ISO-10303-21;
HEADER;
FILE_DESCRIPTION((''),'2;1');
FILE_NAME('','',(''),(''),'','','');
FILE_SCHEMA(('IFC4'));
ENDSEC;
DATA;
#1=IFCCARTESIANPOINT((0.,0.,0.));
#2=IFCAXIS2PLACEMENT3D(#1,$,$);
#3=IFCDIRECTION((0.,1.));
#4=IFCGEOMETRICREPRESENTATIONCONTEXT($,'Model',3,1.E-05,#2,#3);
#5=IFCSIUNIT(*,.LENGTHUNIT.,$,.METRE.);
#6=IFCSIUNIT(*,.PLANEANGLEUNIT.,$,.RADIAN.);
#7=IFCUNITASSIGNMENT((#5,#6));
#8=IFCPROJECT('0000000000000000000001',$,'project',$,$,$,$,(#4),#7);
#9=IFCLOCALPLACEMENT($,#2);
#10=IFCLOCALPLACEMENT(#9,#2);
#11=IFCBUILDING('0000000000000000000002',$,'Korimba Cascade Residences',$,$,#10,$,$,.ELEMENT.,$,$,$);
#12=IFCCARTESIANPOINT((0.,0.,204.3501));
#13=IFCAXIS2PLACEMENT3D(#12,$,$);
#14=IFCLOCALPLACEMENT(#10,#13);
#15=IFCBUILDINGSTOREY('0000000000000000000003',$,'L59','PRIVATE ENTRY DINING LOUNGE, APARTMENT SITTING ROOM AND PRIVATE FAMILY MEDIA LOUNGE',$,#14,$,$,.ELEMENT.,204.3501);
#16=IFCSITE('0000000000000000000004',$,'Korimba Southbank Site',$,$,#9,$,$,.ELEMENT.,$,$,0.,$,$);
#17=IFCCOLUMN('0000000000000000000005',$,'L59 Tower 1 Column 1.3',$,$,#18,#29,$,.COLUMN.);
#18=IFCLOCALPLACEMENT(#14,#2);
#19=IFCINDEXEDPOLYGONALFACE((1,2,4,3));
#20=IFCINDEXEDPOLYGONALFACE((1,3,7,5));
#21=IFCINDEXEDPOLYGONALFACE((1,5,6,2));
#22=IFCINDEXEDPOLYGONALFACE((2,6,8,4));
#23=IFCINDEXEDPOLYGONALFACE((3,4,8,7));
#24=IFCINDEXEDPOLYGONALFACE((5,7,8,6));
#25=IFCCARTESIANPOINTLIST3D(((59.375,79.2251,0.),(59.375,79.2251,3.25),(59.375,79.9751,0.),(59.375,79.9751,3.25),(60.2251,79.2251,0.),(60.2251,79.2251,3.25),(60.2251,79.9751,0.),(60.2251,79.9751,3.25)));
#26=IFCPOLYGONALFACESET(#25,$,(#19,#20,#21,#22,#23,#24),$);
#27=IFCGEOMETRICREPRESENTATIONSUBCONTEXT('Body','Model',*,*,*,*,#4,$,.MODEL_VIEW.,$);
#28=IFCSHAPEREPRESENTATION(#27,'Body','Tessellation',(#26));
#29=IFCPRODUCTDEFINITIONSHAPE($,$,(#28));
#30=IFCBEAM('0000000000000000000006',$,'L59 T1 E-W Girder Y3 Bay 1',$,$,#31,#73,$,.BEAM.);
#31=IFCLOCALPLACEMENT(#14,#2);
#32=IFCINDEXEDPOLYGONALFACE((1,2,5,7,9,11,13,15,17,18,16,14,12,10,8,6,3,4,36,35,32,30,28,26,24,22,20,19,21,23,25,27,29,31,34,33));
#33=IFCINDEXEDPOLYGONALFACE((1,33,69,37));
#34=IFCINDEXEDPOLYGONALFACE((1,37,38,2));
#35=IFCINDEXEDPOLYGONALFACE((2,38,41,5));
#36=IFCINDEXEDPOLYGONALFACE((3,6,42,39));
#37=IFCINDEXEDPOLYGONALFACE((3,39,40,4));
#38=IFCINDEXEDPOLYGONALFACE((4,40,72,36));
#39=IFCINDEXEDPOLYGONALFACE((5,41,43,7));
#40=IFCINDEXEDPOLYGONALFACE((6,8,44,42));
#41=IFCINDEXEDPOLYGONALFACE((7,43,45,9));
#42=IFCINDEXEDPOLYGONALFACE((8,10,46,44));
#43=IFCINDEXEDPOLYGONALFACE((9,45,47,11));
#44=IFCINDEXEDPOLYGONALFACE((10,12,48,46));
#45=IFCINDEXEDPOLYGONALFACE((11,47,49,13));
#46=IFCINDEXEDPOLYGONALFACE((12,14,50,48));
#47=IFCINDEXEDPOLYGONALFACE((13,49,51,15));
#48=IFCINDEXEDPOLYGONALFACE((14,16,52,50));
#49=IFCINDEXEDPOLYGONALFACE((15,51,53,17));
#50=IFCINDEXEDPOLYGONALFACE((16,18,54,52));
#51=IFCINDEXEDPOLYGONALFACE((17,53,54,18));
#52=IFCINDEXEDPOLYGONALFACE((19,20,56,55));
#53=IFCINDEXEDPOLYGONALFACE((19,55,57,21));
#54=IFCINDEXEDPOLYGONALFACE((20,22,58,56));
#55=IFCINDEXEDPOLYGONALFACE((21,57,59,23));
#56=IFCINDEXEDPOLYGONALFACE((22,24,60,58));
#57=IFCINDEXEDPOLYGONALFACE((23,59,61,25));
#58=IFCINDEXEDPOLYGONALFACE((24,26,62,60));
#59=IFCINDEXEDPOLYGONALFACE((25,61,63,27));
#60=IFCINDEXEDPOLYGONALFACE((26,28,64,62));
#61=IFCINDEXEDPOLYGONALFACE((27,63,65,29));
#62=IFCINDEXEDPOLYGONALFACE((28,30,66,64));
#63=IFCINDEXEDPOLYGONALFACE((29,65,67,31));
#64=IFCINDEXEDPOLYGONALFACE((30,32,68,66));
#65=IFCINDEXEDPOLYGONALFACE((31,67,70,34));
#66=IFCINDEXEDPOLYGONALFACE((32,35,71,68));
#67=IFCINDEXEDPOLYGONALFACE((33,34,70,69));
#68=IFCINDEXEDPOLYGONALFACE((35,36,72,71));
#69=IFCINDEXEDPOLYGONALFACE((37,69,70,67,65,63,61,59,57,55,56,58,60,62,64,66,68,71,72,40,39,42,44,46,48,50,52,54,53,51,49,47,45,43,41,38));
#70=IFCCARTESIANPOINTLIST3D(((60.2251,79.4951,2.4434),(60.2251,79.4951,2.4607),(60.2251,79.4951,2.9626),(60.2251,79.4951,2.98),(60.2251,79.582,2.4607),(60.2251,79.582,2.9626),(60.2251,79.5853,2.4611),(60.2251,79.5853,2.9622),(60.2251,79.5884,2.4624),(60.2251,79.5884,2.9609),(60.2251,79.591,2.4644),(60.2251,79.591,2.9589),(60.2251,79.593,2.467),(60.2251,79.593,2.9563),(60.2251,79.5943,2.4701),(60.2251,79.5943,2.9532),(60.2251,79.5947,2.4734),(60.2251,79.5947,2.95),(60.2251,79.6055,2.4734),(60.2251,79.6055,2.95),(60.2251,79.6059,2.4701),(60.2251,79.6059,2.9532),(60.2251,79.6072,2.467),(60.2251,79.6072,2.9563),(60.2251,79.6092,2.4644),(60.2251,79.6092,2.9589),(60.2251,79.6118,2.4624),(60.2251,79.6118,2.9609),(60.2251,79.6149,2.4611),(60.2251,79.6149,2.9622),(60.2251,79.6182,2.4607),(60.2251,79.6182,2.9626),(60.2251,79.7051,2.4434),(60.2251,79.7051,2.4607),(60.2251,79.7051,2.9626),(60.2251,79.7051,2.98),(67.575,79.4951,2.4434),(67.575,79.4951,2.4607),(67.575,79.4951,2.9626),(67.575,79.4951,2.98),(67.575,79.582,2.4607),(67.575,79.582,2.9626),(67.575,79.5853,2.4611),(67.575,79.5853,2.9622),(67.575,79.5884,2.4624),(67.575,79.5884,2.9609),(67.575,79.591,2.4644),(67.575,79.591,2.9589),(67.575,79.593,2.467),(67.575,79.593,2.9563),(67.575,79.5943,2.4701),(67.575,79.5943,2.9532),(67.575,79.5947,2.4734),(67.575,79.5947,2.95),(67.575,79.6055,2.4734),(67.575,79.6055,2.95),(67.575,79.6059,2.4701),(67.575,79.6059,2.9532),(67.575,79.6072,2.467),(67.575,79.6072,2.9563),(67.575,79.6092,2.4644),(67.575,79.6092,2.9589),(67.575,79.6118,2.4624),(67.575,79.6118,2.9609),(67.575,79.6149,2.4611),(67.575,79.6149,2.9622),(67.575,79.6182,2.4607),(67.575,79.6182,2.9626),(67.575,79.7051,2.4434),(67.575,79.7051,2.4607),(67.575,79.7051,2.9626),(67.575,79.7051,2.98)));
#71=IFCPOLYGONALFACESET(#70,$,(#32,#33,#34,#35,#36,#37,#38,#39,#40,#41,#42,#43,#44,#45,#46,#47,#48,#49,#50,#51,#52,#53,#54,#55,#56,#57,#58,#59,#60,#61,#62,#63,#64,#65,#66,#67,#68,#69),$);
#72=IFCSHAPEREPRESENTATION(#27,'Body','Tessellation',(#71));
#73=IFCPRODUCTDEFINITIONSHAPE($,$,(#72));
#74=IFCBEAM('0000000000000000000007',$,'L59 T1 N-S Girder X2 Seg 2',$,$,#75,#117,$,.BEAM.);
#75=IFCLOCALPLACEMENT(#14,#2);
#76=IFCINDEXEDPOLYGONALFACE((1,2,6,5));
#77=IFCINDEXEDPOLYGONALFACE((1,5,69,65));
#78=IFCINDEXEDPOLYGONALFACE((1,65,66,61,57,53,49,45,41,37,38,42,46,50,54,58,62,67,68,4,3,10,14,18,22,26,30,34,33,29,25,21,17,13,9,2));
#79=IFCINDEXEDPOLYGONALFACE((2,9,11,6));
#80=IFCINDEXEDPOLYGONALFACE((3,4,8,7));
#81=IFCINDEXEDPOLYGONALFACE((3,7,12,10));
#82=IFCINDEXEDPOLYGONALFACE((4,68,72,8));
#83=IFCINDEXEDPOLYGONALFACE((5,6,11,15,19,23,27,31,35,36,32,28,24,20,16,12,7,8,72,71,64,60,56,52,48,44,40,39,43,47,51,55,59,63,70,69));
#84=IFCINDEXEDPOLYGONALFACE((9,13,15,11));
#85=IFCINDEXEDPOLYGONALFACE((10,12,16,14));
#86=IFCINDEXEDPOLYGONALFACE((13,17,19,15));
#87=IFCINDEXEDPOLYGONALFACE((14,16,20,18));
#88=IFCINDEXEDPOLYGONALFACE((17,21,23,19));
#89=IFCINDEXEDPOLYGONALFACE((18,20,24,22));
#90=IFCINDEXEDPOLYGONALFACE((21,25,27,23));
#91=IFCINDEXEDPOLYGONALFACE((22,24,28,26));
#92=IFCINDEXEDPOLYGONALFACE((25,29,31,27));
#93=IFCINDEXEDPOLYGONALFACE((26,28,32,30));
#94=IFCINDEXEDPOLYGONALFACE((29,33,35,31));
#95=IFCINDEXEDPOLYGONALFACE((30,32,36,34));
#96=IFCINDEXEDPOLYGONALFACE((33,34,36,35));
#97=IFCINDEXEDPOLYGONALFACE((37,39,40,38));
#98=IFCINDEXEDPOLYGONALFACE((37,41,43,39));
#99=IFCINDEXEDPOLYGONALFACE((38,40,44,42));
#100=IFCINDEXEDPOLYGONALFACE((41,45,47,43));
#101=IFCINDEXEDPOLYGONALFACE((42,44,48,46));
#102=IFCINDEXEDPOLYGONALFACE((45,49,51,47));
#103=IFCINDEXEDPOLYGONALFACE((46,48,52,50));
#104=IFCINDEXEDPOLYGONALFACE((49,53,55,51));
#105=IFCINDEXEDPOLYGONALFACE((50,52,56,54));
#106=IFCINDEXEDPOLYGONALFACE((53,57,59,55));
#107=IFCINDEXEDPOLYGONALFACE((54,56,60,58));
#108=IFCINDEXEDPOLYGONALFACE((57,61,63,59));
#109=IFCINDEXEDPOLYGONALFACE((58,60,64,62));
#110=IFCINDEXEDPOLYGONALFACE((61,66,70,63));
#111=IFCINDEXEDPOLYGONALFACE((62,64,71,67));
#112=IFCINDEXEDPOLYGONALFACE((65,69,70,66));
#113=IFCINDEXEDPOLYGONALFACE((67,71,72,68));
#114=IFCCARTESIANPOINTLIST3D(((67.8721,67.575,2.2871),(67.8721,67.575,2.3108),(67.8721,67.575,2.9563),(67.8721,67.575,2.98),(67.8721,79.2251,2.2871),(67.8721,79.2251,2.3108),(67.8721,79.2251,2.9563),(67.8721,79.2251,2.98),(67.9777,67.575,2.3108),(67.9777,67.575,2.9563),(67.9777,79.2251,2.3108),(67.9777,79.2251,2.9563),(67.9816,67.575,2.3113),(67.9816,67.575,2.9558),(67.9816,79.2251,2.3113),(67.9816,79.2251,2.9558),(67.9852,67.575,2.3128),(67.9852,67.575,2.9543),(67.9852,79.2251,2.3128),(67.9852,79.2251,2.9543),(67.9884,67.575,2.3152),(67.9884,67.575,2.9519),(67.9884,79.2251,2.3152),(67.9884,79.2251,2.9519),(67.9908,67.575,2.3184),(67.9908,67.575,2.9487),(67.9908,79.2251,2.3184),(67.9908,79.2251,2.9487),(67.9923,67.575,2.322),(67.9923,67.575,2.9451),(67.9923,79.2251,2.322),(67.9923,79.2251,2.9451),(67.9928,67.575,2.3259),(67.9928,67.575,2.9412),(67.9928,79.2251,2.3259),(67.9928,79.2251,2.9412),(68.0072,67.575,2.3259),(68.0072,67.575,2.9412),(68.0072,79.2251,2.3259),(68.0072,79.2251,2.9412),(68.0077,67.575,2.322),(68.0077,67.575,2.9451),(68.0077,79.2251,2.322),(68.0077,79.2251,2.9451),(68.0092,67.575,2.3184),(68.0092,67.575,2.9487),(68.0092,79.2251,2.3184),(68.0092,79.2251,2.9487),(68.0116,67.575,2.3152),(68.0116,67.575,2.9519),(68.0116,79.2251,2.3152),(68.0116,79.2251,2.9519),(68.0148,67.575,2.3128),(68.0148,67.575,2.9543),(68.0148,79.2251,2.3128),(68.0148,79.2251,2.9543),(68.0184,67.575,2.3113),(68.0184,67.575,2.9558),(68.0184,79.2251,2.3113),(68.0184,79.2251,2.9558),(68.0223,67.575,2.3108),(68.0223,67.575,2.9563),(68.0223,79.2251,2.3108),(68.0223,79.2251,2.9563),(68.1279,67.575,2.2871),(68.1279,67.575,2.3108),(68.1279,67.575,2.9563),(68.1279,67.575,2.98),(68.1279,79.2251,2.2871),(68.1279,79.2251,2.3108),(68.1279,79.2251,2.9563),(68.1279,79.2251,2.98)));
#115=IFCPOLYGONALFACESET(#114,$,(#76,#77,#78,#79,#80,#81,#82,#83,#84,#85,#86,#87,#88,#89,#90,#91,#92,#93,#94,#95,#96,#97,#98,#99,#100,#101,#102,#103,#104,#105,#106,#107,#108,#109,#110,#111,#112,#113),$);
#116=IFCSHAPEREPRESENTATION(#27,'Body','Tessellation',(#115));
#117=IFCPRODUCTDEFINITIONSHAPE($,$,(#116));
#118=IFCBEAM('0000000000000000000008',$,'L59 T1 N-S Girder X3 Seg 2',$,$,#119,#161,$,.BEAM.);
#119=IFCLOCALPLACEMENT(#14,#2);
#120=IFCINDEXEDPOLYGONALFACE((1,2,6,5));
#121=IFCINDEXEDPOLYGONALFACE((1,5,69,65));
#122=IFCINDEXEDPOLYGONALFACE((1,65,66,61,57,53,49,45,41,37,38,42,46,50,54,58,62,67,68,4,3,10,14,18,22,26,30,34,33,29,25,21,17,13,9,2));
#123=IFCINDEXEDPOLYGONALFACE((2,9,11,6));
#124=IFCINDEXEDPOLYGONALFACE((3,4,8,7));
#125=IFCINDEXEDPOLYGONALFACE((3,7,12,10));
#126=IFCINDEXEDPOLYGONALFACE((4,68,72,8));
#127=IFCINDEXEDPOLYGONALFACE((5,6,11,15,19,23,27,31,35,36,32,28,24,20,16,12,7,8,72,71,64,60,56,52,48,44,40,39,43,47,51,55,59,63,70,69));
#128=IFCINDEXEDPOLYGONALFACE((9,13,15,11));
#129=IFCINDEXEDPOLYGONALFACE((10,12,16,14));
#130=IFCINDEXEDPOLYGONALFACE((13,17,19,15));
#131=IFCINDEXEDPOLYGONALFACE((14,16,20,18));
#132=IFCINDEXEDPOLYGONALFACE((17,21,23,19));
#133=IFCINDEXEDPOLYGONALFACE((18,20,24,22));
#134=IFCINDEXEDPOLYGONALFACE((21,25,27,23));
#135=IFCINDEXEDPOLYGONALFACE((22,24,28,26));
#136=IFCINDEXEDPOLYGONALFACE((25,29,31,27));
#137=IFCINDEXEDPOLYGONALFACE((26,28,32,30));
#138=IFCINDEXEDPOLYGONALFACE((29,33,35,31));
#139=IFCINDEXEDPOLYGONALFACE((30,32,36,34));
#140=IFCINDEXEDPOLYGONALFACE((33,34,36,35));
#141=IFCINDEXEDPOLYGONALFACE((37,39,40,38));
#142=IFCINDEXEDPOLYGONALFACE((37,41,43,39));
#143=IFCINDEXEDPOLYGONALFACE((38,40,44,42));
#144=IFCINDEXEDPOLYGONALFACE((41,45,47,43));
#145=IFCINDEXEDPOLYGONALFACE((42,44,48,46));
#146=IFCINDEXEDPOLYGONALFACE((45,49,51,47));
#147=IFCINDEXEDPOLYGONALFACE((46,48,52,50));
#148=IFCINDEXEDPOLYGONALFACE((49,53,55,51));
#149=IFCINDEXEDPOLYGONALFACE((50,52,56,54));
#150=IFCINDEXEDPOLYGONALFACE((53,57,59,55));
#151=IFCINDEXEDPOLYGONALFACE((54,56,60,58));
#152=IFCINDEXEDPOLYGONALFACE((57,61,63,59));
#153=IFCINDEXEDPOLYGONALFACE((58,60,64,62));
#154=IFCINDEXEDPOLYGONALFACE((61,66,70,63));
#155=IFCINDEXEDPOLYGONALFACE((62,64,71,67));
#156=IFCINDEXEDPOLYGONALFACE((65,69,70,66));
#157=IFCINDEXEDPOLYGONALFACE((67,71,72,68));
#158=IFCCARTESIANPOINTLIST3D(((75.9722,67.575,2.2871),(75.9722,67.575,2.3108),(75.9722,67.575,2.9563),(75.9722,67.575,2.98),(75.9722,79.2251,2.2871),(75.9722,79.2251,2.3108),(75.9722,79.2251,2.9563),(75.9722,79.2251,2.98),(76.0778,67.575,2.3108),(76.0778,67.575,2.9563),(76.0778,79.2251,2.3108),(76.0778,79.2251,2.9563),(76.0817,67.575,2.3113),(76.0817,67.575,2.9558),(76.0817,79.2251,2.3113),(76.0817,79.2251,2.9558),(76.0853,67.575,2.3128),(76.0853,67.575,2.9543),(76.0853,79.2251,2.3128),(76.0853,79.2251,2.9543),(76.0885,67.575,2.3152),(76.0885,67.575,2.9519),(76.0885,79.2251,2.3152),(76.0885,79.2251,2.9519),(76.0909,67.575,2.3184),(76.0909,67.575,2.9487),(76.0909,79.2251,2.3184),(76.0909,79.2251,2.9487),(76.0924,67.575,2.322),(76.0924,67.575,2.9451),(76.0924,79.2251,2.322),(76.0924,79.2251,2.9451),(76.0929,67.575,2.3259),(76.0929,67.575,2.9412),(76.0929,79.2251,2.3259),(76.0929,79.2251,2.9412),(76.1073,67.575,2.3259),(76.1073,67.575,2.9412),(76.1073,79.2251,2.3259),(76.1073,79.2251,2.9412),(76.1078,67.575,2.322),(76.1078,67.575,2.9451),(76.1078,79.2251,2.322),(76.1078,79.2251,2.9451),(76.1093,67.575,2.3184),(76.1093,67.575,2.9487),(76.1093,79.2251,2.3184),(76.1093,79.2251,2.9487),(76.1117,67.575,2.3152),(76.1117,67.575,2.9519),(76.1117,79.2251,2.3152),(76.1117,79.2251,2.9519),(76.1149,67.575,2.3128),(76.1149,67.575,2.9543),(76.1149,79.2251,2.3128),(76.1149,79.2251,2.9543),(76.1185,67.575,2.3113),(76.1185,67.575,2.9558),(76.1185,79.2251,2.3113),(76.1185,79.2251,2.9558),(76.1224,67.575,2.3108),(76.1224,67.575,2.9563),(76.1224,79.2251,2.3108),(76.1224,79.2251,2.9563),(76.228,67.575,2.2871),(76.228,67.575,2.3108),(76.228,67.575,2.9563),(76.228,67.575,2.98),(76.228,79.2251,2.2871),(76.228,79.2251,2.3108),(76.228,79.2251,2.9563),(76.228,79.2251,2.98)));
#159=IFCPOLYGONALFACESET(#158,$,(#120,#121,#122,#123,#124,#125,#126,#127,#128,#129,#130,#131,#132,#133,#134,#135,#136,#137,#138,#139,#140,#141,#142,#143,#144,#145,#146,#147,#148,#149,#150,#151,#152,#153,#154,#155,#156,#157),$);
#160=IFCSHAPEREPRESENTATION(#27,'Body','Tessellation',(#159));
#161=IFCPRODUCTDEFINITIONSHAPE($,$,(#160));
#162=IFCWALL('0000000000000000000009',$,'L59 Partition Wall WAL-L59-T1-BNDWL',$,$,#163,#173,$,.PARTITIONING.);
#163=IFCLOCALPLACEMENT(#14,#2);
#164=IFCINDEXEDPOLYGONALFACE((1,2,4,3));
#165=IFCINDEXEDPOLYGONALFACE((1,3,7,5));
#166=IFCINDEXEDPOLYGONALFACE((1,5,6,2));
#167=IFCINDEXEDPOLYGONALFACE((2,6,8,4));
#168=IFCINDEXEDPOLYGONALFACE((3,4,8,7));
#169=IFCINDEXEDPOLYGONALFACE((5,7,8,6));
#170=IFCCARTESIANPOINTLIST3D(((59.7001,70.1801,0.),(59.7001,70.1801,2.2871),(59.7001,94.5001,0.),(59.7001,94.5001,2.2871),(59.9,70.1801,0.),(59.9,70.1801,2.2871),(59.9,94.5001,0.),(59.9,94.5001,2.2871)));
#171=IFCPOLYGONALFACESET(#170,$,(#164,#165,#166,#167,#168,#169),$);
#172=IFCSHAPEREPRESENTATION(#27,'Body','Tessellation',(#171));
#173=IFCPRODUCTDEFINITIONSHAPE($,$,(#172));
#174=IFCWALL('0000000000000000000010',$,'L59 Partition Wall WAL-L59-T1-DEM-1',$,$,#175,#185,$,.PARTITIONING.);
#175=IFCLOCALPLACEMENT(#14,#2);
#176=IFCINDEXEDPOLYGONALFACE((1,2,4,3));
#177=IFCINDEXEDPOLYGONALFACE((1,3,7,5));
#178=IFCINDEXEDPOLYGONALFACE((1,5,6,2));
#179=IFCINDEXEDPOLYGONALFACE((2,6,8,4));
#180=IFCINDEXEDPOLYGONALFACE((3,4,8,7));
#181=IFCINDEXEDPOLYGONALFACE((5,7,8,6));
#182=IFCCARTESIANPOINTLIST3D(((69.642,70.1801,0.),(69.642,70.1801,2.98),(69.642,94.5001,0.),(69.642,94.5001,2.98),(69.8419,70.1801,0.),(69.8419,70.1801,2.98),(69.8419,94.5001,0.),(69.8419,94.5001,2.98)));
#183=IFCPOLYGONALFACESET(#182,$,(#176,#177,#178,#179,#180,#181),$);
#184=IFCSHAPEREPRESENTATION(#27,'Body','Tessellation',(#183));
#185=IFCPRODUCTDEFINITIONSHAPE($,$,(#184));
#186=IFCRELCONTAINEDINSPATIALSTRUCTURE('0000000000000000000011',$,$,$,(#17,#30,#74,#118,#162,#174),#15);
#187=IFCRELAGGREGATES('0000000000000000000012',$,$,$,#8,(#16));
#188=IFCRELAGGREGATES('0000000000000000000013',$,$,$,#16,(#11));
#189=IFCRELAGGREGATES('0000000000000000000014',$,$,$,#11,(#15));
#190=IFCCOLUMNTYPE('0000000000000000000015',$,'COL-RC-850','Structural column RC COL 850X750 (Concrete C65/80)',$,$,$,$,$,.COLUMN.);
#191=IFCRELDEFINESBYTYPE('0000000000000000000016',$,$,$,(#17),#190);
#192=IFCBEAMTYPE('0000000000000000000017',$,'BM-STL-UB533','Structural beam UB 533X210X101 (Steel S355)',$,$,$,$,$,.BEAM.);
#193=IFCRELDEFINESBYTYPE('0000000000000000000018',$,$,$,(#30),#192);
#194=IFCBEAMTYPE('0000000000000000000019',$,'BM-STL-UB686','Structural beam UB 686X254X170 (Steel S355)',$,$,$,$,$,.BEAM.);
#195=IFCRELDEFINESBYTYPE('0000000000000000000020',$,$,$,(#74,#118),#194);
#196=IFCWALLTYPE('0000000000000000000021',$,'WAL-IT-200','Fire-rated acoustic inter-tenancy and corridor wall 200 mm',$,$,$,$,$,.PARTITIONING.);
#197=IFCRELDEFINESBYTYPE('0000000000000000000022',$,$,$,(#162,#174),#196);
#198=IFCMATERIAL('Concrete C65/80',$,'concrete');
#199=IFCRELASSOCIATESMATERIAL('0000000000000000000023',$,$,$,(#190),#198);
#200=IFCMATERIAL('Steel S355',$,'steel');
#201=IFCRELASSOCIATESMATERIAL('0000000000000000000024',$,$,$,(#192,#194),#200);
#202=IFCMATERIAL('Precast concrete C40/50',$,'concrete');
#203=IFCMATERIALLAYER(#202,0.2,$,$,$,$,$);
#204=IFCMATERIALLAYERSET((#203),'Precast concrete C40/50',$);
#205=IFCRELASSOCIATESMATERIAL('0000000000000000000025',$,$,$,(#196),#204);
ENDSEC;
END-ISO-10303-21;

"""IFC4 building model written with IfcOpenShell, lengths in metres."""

from ifc_helpers import new_model, si_unit, direction, frame, frame_2d, origin, origin_2d, place, context, subcontext, project, spatial, rectangle, i_section, extrude, material, layer, layer_set, material_profile, profile_set, type_object, element, save


model = new_model("IFC4")

# Units and contexts
model_context = context("Model", 3, precision=1e-05, world=origin(), true_north=direction((0.0, 1.0)))
body_context = subcontext(model_context, "Body", "Model", "MODEL_VIEW")
ifc_project = project(units=[si_unit("LENGTHUNIT", "METRE"), si_unit("PLANEANGLEUNIT", "RADIAN")], contexts=[model_context])

# Site, building, storey
site_placement = place(None, origin())
site = spatial("IfcSite", under=ifc_project, at=site_placement, Name="Korimba Southbank Site", CompositionType="ELEMENT", RefElevation=0.0)
building_placement = place(site_placement, origin())
building = spatial("IfcBuilding", under=site, at=building_placement, Name="Korimba Cascade Residences", CompositionType="ELEMENT")
storey_placement = place(building_placement, frame((0.0, 0.0, 204.3501)))
storey = spatial("IfcBuildingStorey", under=building, at=storey_placement, Name="L59", Description="PRIVATE ENTRY DINING LOUNGE, APARTMENT SITTING ROOM AND PRIVATE FAMILY MEDIA LOUNGE", CompositionType="ELEMENT", Elevation=204.3501)

# Column
ifc_material_1 = material(Name="Concrete C65/80", Category="concrete")
ifc_material_profile_1 = material_profile(ifc_material_1, rectangle(XDim=0.8501, YDim=0.75, at=origin_2d()), Name="Concrete C65/80")
ifc_profile_set_1 = profile_set([ifc_material_profile_1], Name="Concrete C65/80")
column_type = type_object("IfcColumnType", Name="COL-RC-850", Description="Structural column RC COL 850X750 (Concrete C65/80)", PredefinedType="COLUMN", material=ifc_profile_set_1)
column_placement = place(storey_placement, frame((59.8, 79.6001, 0.0), z_axis=(0.0, 0.0, 1.0), x_axis=(1.0, 0.0, 0.0)))
element("IfcColumn", 1, at=column_placement, inside=storey, type_object=column_type, Name="L59 Tower 1 Column 1.3", PredefinedType="COLUMN", context=body_context, shape_type="SweptSolid", body=[
    extrude(rectangle(XDim=0.8501, YDim=0.75, at=origin_2d()), origin(), (0.0, 0.0, 1.0), 3.25),
])

# Beams
ifc_material_2 = material(Name="Steel S355", Category="steel")
ifc_material_profile_2 = material_profile(ifc_material_2, i_section(OverallWidth=0.21, OverallDepth=0.5366, WebThickness=0.0107, FlangeThickness=0.0173, FilletRadius=0.0127, at=origin_2d()), Name="Steel S355")
ifc_profile_set_2 = profile_set([ifc_material_profile_2], Name="Steel S355")
beam_type_1 = type_object("IfcBeamType", Name="BM-STL-UB533", Description="Structural beam UB 533X210X101 (Steel S355)", PredefinedType="BEAM", material=ifc_profile_set_2)
beam_placement = place(storey_placement, frame((60.2251, 79.6001, 2.7117), z_axis=(1.0, 0.0, 0.0), x_axis=(0.0, 1.0, 0.0)))
element("IfcBeam", 2, at=beam_placement, inside=storey, type_object=beam_type_1, Name="L59 T1 E-W Girder Y3 Bay 1", PredefinedType="BEAM", context=body_context, shape_type="SweptSolid", body=[
    extrude(i_section(OverallWidth=0.21, OverallDepth=0.5366, WebThickness=0.0107, FlangeThickness=0.0173, FilletRadius=0.0127, at=origin_2d()), origin(), (0.0, 0.0, 1.0), 7.3499),
])
ifc_material_profile_3 = material_profile(ifc_material_2, i_section(OverallWidth=0.2559, OverallDepth=0.6929, WebThickness=0.0144, FlangeThickness=0.0237, FilletRadius=0.0151, at=origin_2d()), Name="Steel S355")
ifc_profile_set_3 = profile_set([ifc_material_profile_3], Name="Steel S355")
beam_type_2 = type_object("IfcBeamType", Name="BM-STL-UB686", Description="Structural beam UB 686X254X170 (Steel S355)", PredefinedType="BEAM", material=ifc_profile_set_3)
for number, where, z_axis, x_axis, name in (
    (3, (68.0, 67.575, 2.6335), (0.0, 1.0, 0.0), (-1.0, 0.0, 0.0), "L59 T1 N-S Girder X2 Seg 2"),
    (4, (76.1001, 67.575, 2.6335), (0.0, 1.0, 0.0), (-1.0, 0.0, 0.0), "L59 T1 N-S Girder X3 Seg 2"),
):
    element("IfcBeam", number, at=place(storey_placement, frame(where, z_axis=z_axis, x_axis=x_axis)), inside=storey, type_object=beam_type_2, Name=name, PredefinedType="BEAM", context=body_context, shape_type="SweptSolid", body=[
        extrude(i_section(OverallWidth=0.2559, OverallDepth=0.6929, WebThickness=0.0144, FlangeThickness=0.0237, FilletRadius=0.0151, at=origin_2d()), origin(), (0.0, 0.0, 1.0), 11.6501),
    ])

# Walls
ifc_material_3 = material(Name="Precast concrete C40/50", Category="concrete")
ifc_layer_1 = layer(ifc_material_3, 0.2)
ifc_layer_set_1 = layer_set([ifc_layer_1], Name="Precast concrete C40/50")
wall_type_1 = type_object("IfcWallType", Name="WAL-IT-200", Description="Fire-rated acoustic inter-tenancy and corridor wall 200 mm", PredefinedType="PARTITIONING", material=ifc_layer_set_1)
wall_1_placement = place(storey_placement, frame((59.8, 70.1799, 0.0), z_axis=(0.0, 0.0, 1.0), x_axis=(0.0, 1.0, 0.0)))
element("IfcWall", 5, at=wall_1_placement, inside=storey, type_object=wall_type_1, Name="L59 Partition Wall WAL-L59-T1-BNDWL", PredefinedType="PARTITIONING", context=body_context, shape_type="SweptSolid", body=[
    extrude(rectangle(XDim=24.3201, YDim=0.2, at=frame_2d((12.1602, 0.0))), origin(), (0.0, 0.0, 1.0), 2.2871),
])
wall_2_placement = place(storey_placement, frame((69.7419, 70.1799, 0.0), z_axis=(0.0, 0.0, 1.0), x_axis=(0.0, 1.0, 0.0)))
element("IfcWall", 6, at=wall_2_placement, inside=storey, type_object=wall_type_1, Name="L59 Partition Wall WAL-L59-T1-DEM-1", PredefinedType="PARTITIONING", context=body_context, shape_type="SweptSolid", body=[
    extrude(rectangle(XDim=24.3201, YDim=0.2, at=frame_2d((12.1602, 0.0))), origin(), (0.0, 0.0, 1.0), 2.98),
])

save(model, "model.ifc")
